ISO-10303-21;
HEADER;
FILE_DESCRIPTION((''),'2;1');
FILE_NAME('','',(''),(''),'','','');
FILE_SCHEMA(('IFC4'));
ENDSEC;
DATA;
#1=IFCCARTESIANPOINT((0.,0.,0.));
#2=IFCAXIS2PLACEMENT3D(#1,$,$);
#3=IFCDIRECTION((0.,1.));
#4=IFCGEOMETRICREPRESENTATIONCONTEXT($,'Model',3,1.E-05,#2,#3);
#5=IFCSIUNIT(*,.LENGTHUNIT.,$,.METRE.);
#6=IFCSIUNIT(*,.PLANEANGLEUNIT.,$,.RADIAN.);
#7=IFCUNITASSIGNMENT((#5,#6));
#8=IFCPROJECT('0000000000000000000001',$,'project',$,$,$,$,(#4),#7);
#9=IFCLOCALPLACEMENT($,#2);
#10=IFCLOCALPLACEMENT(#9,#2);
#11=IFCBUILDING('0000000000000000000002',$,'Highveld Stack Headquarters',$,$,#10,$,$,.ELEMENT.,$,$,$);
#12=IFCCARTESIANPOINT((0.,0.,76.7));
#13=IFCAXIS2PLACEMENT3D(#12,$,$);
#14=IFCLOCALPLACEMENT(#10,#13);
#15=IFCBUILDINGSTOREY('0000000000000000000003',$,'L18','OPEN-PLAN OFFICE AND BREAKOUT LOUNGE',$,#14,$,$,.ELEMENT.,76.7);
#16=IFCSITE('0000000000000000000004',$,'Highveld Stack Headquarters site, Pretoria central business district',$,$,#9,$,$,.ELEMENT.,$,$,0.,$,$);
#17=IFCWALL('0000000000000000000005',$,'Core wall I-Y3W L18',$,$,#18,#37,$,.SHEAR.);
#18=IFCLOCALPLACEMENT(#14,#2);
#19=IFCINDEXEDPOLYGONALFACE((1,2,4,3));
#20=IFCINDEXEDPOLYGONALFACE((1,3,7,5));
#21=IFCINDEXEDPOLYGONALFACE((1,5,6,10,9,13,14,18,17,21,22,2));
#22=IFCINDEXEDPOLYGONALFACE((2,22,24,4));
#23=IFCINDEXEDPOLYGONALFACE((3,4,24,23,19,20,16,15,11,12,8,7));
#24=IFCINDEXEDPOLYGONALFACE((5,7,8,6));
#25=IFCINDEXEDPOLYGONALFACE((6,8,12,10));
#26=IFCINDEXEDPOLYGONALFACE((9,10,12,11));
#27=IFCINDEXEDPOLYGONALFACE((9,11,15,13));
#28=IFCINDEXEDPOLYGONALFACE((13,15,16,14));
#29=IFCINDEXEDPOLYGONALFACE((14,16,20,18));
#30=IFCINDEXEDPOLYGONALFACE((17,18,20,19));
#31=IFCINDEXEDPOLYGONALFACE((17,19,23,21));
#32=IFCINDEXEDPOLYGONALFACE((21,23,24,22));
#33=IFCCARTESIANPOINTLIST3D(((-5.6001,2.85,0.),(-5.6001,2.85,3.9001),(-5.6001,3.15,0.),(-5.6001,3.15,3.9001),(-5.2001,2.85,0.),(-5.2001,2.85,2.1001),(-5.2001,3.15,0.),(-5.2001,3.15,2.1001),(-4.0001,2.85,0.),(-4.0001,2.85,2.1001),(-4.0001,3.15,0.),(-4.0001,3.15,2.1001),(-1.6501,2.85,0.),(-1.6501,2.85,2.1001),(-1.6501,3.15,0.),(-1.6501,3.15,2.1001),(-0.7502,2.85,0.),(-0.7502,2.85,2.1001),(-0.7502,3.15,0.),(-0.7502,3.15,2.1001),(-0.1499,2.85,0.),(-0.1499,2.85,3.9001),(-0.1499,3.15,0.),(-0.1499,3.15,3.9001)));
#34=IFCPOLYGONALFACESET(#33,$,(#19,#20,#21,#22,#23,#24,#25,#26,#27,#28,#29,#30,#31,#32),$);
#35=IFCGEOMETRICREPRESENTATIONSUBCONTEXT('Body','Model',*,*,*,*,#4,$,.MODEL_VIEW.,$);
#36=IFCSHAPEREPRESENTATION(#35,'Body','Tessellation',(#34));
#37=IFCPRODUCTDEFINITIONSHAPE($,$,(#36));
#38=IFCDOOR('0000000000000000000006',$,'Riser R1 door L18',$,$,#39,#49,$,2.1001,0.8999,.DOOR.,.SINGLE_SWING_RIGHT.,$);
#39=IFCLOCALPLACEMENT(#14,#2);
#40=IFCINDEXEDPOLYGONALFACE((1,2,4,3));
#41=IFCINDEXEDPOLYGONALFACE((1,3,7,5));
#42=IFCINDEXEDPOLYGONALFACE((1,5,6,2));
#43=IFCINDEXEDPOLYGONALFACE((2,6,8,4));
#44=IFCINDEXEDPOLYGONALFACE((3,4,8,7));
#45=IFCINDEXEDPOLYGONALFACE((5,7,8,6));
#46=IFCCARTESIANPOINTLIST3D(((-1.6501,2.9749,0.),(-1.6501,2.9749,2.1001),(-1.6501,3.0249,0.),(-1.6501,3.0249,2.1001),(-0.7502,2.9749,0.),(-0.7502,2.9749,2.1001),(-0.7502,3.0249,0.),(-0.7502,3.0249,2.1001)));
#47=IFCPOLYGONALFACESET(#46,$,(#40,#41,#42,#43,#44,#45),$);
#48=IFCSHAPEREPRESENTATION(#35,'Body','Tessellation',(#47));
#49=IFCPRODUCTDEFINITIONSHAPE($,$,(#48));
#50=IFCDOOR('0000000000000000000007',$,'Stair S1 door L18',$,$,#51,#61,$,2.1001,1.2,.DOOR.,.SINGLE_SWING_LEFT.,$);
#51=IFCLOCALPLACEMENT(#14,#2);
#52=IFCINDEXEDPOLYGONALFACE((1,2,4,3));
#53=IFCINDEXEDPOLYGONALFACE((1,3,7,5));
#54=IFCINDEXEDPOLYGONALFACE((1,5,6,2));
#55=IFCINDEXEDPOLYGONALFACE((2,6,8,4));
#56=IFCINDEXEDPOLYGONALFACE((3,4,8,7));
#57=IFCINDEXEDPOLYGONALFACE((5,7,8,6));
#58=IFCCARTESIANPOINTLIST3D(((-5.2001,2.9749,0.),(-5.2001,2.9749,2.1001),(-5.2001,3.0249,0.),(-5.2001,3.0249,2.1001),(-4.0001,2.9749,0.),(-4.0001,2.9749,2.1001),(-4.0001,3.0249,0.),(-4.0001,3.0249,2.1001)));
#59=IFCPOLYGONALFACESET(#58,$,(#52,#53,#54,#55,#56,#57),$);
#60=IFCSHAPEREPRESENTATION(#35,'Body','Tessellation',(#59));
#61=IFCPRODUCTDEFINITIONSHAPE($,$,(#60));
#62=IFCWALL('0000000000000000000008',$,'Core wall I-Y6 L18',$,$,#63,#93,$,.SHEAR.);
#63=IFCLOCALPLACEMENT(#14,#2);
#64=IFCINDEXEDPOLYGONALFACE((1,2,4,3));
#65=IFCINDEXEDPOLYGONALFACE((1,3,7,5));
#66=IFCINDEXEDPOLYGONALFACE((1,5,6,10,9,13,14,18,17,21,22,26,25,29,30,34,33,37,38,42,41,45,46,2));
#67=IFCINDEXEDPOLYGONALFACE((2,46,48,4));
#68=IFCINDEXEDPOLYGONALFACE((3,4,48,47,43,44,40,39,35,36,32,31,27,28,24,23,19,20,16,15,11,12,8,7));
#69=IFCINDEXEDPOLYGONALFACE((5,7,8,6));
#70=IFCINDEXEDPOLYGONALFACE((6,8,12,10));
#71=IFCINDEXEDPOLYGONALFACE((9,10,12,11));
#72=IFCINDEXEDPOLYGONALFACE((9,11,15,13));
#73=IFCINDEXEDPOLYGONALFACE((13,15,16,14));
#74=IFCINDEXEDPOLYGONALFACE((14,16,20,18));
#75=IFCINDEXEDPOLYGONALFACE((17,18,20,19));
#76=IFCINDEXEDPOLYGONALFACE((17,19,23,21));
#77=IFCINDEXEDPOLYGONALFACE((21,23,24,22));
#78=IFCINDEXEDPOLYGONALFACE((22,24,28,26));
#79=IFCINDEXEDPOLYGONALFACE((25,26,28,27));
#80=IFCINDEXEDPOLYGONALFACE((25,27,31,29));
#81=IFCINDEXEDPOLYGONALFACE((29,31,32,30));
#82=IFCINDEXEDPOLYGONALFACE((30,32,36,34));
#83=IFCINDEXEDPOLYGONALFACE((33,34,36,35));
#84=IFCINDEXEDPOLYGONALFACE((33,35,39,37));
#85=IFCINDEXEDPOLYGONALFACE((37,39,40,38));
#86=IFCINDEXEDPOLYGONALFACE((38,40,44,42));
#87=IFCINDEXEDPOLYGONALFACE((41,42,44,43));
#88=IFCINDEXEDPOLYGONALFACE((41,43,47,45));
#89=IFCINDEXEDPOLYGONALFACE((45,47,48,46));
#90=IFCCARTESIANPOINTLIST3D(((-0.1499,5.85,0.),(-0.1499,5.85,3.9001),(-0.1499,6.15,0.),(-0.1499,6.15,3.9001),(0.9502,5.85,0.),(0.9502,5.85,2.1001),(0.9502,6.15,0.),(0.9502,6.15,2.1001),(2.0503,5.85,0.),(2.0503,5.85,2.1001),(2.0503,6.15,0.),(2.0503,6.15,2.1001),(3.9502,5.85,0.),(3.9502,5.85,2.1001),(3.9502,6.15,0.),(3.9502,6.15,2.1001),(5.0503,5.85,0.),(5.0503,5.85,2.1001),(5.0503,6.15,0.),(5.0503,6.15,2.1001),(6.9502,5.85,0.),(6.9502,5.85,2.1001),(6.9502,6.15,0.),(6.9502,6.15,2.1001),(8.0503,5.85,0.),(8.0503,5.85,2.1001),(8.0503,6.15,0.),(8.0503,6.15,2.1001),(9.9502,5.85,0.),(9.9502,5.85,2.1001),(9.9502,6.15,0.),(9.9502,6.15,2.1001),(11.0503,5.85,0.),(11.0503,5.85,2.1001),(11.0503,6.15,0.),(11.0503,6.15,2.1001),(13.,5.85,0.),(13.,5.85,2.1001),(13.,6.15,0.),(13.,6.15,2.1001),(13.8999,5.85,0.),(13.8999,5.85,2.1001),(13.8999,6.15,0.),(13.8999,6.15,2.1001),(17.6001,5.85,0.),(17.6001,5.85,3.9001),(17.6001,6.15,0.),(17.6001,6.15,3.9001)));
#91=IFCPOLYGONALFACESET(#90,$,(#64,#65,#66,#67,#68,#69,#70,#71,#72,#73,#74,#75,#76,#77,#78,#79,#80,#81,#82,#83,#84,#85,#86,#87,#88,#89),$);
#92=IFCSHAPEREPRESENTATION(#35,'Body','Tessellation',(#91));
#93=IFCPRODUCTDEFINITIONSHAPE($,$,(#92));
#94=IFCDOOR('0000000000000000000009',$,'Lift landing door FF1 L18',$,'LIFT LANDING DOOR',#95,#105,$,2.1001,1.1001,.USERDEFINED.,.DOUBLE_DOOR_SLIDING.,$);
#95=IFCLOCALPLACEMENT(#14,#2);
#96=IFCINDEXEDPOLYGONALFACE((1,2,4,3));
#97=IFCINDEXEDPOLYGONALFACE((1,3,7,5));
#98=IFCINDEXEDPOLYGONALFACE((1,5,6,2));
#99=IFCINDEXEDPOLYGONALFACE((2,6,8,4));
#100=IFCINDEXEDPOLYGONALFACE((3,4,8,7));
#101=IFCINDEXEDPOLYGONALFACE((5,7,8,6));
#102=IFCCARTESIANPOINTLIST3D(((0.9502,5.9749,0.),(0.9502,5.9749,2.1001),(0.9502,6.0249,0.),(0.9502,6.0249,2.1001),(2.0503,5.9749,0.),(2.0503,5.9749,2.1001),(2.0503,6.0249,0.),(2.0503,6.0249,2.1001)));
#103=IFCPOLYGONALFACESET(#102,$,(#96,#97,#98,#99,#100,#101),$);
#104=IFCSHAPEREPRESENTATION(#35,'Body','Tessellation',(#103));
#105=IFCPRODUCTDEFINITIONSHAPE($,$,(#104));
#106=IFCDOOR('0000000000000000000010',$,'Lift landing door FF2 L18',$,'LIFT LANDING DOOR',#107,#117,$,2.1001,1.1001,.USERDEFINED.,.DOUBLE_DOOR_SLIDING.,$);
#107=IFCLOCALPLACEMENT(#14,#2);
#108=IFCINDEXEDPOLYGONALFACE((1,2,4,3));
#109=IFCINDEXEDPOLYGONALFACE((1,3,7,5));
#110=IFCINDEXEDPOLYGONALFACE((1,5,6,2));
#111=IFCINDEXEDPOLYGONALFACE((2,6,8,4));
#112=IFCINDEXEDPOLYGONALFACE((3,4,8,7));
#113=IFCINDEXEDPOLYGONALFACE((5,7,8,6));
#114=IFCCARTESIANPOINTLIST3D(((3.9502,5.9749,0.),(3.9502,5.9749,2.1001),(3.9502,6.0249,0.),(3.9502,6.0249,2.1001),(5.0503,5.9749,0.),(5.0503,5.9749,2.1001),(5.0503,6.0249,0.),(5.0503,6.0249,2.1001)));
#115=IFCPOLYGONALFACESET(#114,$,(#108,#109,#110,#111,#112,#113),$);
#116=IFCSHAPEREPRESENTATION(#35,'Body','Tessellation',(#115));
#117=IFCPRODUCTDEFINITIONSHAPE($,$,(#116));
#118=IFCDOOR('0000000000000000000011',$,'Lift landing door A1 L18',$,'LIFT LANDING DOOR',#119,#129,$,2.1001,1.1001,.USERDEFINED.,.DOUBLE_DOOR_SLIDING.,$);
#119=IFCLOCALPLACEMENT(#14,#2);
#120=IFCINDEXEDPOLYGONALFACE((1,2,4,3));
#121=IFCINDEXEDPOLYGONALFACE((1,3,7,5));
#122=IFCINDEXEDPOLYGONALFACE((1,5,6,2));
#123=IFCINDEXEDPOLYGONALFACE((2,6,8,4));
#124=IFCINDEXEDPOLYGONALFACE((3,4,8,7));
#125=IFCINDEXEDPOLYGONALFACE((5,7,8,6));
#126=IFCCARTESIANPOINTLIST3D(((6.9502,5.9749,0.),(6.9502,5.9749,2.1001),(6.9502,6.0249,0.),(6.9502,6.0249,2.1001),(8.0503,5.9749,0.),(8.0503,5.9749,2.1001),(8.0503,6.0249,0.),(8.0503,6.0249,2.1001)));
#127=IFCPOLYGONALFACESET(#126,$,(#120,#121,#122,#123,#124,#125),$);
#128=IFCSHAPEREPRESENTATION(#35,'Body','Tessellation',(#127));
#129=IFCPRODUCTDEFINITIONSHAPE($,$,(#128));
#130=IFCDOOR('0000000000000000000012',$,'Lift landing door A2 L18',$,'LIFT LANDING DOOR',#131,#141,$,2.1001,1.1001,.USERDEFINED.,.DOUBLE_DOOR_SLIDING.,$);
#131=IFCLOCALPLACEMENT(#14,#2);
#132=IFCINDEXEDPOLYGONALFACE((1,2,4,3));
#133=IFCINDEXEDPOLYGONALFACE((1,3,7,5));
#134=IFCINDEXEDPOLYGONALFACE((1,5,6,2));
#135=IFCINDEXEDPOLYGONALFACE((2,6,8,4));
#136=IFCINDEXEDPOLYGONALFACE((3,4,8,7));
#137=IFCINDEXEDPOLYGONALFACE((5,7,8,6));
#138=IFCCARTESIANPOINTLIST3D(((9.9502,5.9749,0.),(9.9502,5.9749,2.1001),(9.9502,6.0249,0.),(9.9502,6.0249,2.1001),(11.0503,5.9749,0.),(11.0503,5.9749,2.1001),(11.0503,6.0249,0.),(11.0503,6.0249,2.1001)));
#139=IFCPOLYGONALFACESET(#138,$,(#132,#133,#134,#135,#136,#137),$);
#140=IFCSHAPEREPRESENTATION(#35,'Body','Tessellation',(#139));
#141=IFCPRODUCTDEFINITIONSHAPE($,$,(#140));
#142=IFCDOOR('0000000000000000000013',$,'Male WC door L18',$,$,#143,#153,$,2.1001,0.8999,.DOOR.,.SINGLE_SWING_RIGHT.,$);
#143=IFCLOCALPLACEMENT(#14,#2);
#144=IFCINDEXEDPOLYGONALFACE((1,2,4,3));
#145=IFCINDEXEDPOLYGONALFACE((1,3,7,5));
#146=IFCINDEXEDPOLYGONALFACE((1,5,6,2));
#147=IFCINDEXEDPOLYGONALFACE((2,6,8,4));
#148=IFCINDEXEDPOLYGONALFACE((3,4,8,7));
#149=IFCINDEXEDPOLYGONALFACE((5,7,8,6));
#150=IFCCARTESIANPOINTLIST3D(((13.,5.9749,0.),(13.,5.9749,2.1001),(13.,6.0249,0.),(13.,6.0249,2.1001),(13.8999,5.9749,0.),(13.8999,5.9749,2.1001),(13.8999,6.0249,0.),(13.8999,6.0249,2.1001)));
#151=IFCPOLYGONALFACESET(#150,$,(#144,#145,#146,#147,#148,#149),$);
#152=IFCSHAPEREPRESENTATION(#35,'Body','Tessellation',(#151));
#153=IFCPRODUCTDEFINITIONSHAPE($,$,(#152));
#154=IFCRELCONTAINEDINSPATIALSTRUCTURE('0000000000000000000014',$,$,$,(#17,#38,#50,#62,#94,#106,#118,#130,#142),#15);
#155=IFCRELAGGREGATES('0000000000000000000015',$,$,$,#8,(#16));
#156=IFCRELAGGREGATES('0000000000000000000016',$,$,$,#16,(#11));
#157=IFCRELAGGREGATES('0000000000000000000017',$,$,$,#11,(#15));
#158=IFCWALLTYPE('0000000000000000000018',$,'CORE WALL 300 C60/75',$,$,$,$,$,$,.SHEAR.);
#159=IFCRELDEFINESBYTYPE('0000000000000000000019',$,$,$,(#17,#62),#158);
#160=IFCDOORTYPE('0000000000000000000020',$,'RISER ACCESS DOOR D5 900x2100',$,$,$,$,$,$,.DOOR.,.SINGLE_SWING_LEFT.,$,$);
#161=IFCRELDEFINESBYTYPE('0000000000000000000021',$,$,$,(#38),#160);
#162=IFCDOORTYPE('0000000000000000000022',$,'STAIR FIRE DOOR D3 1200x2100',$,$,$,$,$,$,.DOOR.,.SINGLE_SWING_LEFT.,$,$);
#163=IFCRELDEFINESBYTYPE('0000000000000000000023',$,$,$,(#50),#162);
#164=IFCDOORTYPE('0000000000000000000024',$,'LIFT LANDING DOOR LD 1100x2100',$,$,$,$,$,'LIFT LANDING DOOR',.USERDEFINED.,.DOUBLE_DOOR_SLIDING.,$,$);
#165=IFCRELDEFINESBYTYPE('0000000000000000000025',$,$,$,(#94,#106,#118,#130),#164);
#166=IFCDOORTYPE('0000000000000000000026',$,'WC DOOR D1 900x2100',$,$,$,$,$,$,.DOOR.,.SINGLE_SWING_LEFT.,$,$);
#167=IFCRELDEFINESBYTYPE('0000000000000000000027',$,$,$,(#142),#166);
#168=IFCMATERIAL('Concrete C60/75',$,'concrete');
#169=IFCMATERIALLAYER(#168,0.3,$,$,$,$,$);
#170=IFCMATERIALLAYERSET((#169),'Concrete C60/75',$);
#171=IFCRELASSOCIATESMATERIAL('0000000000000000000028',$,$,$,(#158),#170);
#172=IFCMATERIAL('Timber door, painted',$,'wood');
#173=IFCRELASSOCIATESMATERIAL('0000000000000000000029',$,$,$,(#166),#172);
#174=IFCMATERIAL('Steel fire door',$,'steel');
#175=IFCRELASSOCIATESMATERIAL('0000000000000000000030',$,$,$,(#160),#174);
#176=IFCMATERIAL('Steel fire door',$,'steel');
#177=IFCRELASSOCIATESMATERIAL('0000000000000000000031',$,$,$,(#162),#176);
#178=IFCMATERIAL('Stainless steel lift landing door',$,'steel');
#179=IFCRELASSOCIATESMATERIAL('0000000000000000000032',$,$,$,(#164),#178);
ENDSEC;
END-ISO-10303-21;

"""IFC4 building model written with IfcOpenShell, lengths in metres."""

from ifc_helpers import new_model, si_unit, direction, frame, frame_2d, origin, place, context, subcontext, project, spatial, rectangle, extrude, material, layer, layer_set, type_object, element, fill, save


model = new_model("IFC4")

# Units and contexts
model_context = context("Model", 3, precision=1e-05, world=origin(), true_north=direction((0.0, 1.0)))
body_context = subcontext(model_context, "Body", "Model", "MODEL_VIEW")
ifc_project = project(units=[si_unit("LENGTHUNIT", "METRE"), si_unit("PLANEANGLEUNIT", "RADIAN")], contexts=[model_context])

# Site, building, storey
site_placement = place(None, origin())
site = spatial("IfcSite", under=ifc_project, at=site_placement, Name="Highveld Stack Headquarters site, Pretoria central business district", CompositionType="ELEMENT", RefElevation=0.0)
building_placement = place(site_placement, origin())
building = spatial("IfcBuilding", under=site, at=building_placement, Name="Highveld Stack Headquarters", CompositionType="ELEMENT")
storey_placement = place(building_placement, frame((0.0, 0.0, 76.7)))
storey = spatial("IfcBuildingStorey", under=building, at=storey_placement, Name="L18", Description="OPEN-PLAN OFFICE AND BREAKOUT LOUNGE", CompositionType="ELEMENT", Elevation=76.7)

# Walls, openings, doors
ifc_material_1 = material(Name="Concrete C60/75", Category="concrete")
ifc_layer_1 = layer(ifc_material_1, 0.3)
ifc_layer_set_1 = layer_set([ifc_layer_1], Name="Concrete C60/75")
wall_type_1 = type_object("IfcWallType", Name="CORE WALL 300 C60/75", PredefinedType="SHEAR", material=ifc_layer_set_1)
ifc_material_2 = material(Name="Timber door, painted", Category="wood")
door_type_1 = type_object("IfcDoorType", Name="WC DOOR D1 900x2100", OperationType="SINGLE_SWING_LEFT", PredefinedType="DOOR", material=ifc_material_2)
wall_1_placement = place(storey_placement, frame((-5.6001, 3.0, 0.0), z_axis=(0.0, 0.0, 1.0), x_axis=(1.0, 0.0, 0.0)))
wall_1 = element("IfcWall", 1, at=wall_1_placement, inside=storey, type_object=wall_type_1, Name="Core wall I-Y3W L18", PredefinedType="SHEAR", context=body_context, shape_type="SweptSolid", body=[
    extrude(rectangle(XDim=5.4502, YDim=0.3, at=frame_2d((2.7251, 0.0))), origin(), (0.0, 0.0, 1.0), 3.9001),
])
opening_1_placement = place(wall_1_placement, frame((0.3999, 0.0, 0.0)))
opening_1 = element("IfcOpeningElement", 2, at=opening_1_placement, cuts=wall_1, PredefinedType="OPENING", context=body_context, shape_type="SweptSolid", body=[
    extrude(rectangle(XDim=1.2, YDim=2.1001, at=frame_2d((0.6001, 1.05))), frame((0.0, 0.1599, 0.0), z_axis=(0.0, -1.0, 0.0), x_axis=(1.0, 0.0, 0.0)), (0.0, 0.0, 1.0), 0.3201),
])
opening_2_placement = place(wall_1_placement, frame((3.95, 0.0, 0.0)))
opening_2 = element("IfcOpeningElement", 3, at=opening_2_placement, cuts=wall_1, PredefinedType="OPENING", context=body_context, shape_type="SweptSolid", body=[
    extrude(rectangle(XDim=0.8999, YDim=2.1001, at=frame_2d((0.45, 1.05))), frame((0.0, 0.1599, 0.0), z_axis=(0.0, -1.0, 0.0), x_axis=(1.0, 0.0, 0.0)), (0.0, 0.0, 1.0), 0.3201),
])
ifc_material_3 = material(Name="Steel fire door", Category="steel")
door_type_2 = type_object("IfcDoorType", Name="RISER ACCESS DOOR D5 900x2100", OperationType="SINGLE_SWING_LEFT", PredefinedType="DOOR", material=ifc_material_3)
door_1_placement = place(opening_2_placement, origin())
door_1 = element("IfcDoor", 4, at=door_1_placement, inside=storey, type_object=door_type_2, Name="Riser R1 door L18", OperationType="SINGLE_SWING_RIGHT", OverallHeight=2.1001, OverallWidth=0.8999, PredefinedType="DOOR", context=body_context, shape_type="SweptSolid", body=[
    extrude(rectangle(XDim=0.8999, YDim=2.1001, at=frame_2d((0.45, 1.05))), frame((0.0, 0.0249, 0.0), z_axis=(0.0, -1.0, 0.0), x_axis=(1.0, 0.0, 0.0)), (0.0, 0.0, 1.0), 0.05),
])
fill(opening_2, door_1)
ifc_material_4 = material(Name="Steel fire door", Category="steel")
door_type_3 = type_object("IfcDoorType", Name="STAIR FIRE DOOR D3 1200x2100", OperationType="SINGLE_SWING_LEFT", PredefinedType="DOOR", material=ifc_material_4)
door_2_placement = place(opening_1_placement, origin())
door_2 = element("IfcDoor", 5, at=door_2_placement, inside=storey, type_object=door_type_3, Name="Stair S1 door L18", OperationType="SINGLE_SWING_LEFT", OverallHeight=2.1001, OverallWidth=1.2, PredefinedType="DOOR", context=body_context, shape_type="SweptSolid", body=[
    extrude(rectangle(XDim=1.2, YDim=2.1001, at=frame_2d((0.6001, 1.05))), frame((0.0, 0.0249, 0.0), z_axis=(0.0, -1.0, 0.0), x_axis=(1.0, 0.0, 0.0)), (0.0, 0.0, 1.0), 0.05),
])
fill(opening_1, door_2)
wall_2_placement = place(storey_placement, frame((-0.1499, 6.0, 0.0), z_axis=(0.0, 0.0, 1.0), x_axis=(1.0, 0.0, 0.0)))
wall_2 = element("IfcWall", 6, at=wall_2_placement, inside=storey, type_object=wall_type_1, Name="Core wall I-Y6 L18", PredefinedType="SHEAR", context=body_context, shape_type="SweptSolid", body=[
    extrude(rectangle(XDim=17.75, YDim=0.3, at=frame_2d((8.875, 0.0))), origin(), (0.0, 0.0, 1.0), 3.9001),
])
opening_3_placement = place(wall_2_placement, frame((13.1499, 0.0, 0.0)))
opening_3 = element("IfcOpeningElement", 7, at=opening_3_placement, cuts=wall_2, PredefinedType="OPENING", context=body_context, shape_type="SweptSolid", body=[
    extrude(rectangle(XDim=0.8999, YDim=2.1001, at=frame_2d((0.45, 1.05))), frame((0.0, 0.1599, 0.0), z_axis=(0.0, -1.0, 0.0), x_axis=(1.0, 0.0, 0.0)), (0.0, 0.0, 1.0), 0.3201),
])
opening_4_placement = place(wall_2_placement, frame((1.1001, 0.0, 0.0)))
opening_4 = element("IfcOpeningElement", 8, at=opening_4_placement, cuts=wall_2, PredefinedType="OPENING", context=body_context, shape_type="SweptSolid", body=[
    extrude(rectangle(XDim=1.1001, YDim=2.1001, at=frame_2d((0.55, 1.05))), frame((0.0, 0.1599, 0.0), z_axis=(0.0, -1.0, 0.0), x_axis=(1.0, 0.0, 0.0)), (0.0, 0.0, 1.0), 0.3201),
])
opening_5_placement = place(wall_2_placement, frame((4.1001, 0.0, 0.0)))
opening_5 = element("IfcOpeningElement", 9, at=opening_5_placement, cuts=wall_2, PredefinedType="OPENING", context=body_context, shape_type="SweptSolid", body=[
    extrude(rectangle(XDim=1.1001, YDim=2.1001, at=frame_2d((0.55, 1.05))), frame((0.0, 0.1599, 0.0), z_axis=(0.0, -1.0, 0.0), x_axis=(1.0, 0.0, 0.0)), (0.0, 0.0, 1.0), 0.3201),
])
opening_6_placement = place(wall_2_placement, frame((7.1001, 0.0, 0.0)))
opening_6 = element("IfcOpeningElement", 10, at=opening_6_placement, cuts=wall_2, PredefinedType="OPENING", context=body_context, shape_type="SweptSolid", body=[
    extrude(rectangle(XDim=1.1001, YDim=2.1001, at=frame_2d((0.55, 1.05))), frame((0.0, 0.1599, 0.0), z_axis=(0.0, -1.0, 0.0), x_axis=(1.0, 0.0, 0.0)), (0.0, 0.0, 1.0), 0.3201),
])
opening_7_placement = place(wall_2_placement, frame((10.1001, 0.0, 0.0)))
opening_7 = element("IfcOpeningElement", 11, at=opening_7_placement, cuts=wall_2, PredefinedType="OPENING", context=body_context, shape_type="SweptSolid", body=[
    extrude(rectangle(XDim=1.1001, YDim=2.1001, at=frame_2d((0.55, 1.05))), frame((0.0, 0.1599, 0.0), z_axis=(0.0, -1.0, 0.0), x_axis=(1.0, 0.0, 0.0)), (0.0, 0.0, 1.0), 0.3201),
])
ifc_material_5 = material(Name="Stainless steel lift landing door", Category="steel")
door_type_4 = type_object("IfcDoorType", Name="LIFT LANDING DOOR LD 1100x2100", ElementType="LIFT LANDING DOOR", OperationType="DOUBLE_DOOR_SLIDING", PredefinedType="USERDEFINED", material=ifc_material_5)
door_3_placement = place(opening_4_placement, origin())
door_3 = element("IfcDoor", 12, at=door_3_placement, inside=storey, type_object=door_type_4, Name="Lift landing door FF1 L18", ObjectType="LIFT LANDING DOOR", OperationType="DOUBLE_DOOR_SLIDING", OverallHeight=2.1001, OverallWidth=1.1001, PredefinedType="USERDEFINED", context=body_context, shape_type="SweptSolid", body=[
    extrude(rectangle(XDim=1.1001, YDim=2.1001, at=frame_2d((0.55, 1.05))), frame((0.0, 0.0249, 0.0), z_axis=(0.0, -1.0, 0.0), x_axis=(1.0, 0.0, 0.0)), (0.0, 0.0, 1.0), 0.05),
])
fill(opening_4, door_3)
door_4_placement = place(opening_5_placement, origin())
door_4 = element("IfcDoor", 13, at=door_4_placement, inside=storey, type_object=door_type_4, Name="Lift landing door FF2 L18", ObjectType="LIFT LANDING DOOR", OperationType="DOUBLE_DOOR_SLIDING", OverallHeight=2.1001, OverallWidth=1.1001, PredefinedType="USERDEFINED", context=body_context, shape_type="SweptSolid", body=[
    extrude(rectangle(XDim=1.1001, YDim=2.1001, at=frame_2d((0.55, 1.05))), frame((0.0, 0.0249, 0.0), z_axis=(0.0, -1.0, 0.0), x_axis=(1.0, 0.0, 0.0)), (0.0, 0.0, 1.0), 0.05),
])
fill(opening_5, door_4)
door_5_placement = place(opening_6_placement, origin())
door_5 = element("IfcDoor", 14, at=door_5_placement, inside=storey, type_object=door_type_4, Name="Lift landing door A1 L18", ObjectType="LIFT LANDING DOOR", OperationType="DOUBLE_DOOR_SLIDING", OverallHeight=2.1001, OverallWidth=1.1001, PredefinedType="USERDEFINED", context=body_context, shape_type="SweptSolid", body=[
    extrude(rectangle(XDim=1.1001, YDim=2.1001, at=frame_2d((0.55, 1.05))), frame((0.0, 0.0249, 0.0), z_axis=(0.0, -1.0, 0.0), x_axis=(1.0, 0.0, 0.0)), (0.0, 0.0, 1.0), 0.05),
])
fill(opening_6, door_5)
door_6_placement = place(opening_7_placement, origin())
door_6 = element("IfcDoor", 15, at=door_6_placement, inside=storey, type_object=door_type_4, Name="Lift landing door A2 L18", ObjectType="LIFT LANDING DOOR", OperationType="DOUBLE_DOOR_SLIDING", OverallHeight=2.1001, OverallWidth=1.1001, PredefinedType="USERDEFINED", context=body_context, shape_type="SweptSolid", body=[
    extrude(rectangle(XDim=1.1001, YDim=2.1001, at=frame_2d((0.55, 1.05))), frame((0.0, 0.0249, 0.0), z_axis=(0.0, -1.0, 0.0), x_axis=(1.0, 0.0, 0.0)), (0.0, 0.0, 1.0), 0.05),
])
fill(opening_7, door_6)
door_7_placement = place(opening_3_placement, origin())
door_7 = element("IfcDoor", 16, at=door_7_placement, inside=storey, type_object=door_type_1, Name="Male WC door L18", OperationType="SINGLE_SWING_RIGHT", OverallHeight=2.1001, OverallWidth=0.8999, PredefinedType="DOOR", context=body_context, shape_type="SweptSolid", body=[
    extrude(rectangle(XDim=0.8999, YDim=2.1001, at=frame_2d((0.45, 1.05))), frame((0.0, 0.0249, 0.0), z_axis=(0.0, -1.0, 0.0), x_axis=(1.0, 0.0, 0.0)), (0.0, 0.0, 1.0), 0.05),
])
fill(opening_3, door_7)

save(model, "model.ifc")
